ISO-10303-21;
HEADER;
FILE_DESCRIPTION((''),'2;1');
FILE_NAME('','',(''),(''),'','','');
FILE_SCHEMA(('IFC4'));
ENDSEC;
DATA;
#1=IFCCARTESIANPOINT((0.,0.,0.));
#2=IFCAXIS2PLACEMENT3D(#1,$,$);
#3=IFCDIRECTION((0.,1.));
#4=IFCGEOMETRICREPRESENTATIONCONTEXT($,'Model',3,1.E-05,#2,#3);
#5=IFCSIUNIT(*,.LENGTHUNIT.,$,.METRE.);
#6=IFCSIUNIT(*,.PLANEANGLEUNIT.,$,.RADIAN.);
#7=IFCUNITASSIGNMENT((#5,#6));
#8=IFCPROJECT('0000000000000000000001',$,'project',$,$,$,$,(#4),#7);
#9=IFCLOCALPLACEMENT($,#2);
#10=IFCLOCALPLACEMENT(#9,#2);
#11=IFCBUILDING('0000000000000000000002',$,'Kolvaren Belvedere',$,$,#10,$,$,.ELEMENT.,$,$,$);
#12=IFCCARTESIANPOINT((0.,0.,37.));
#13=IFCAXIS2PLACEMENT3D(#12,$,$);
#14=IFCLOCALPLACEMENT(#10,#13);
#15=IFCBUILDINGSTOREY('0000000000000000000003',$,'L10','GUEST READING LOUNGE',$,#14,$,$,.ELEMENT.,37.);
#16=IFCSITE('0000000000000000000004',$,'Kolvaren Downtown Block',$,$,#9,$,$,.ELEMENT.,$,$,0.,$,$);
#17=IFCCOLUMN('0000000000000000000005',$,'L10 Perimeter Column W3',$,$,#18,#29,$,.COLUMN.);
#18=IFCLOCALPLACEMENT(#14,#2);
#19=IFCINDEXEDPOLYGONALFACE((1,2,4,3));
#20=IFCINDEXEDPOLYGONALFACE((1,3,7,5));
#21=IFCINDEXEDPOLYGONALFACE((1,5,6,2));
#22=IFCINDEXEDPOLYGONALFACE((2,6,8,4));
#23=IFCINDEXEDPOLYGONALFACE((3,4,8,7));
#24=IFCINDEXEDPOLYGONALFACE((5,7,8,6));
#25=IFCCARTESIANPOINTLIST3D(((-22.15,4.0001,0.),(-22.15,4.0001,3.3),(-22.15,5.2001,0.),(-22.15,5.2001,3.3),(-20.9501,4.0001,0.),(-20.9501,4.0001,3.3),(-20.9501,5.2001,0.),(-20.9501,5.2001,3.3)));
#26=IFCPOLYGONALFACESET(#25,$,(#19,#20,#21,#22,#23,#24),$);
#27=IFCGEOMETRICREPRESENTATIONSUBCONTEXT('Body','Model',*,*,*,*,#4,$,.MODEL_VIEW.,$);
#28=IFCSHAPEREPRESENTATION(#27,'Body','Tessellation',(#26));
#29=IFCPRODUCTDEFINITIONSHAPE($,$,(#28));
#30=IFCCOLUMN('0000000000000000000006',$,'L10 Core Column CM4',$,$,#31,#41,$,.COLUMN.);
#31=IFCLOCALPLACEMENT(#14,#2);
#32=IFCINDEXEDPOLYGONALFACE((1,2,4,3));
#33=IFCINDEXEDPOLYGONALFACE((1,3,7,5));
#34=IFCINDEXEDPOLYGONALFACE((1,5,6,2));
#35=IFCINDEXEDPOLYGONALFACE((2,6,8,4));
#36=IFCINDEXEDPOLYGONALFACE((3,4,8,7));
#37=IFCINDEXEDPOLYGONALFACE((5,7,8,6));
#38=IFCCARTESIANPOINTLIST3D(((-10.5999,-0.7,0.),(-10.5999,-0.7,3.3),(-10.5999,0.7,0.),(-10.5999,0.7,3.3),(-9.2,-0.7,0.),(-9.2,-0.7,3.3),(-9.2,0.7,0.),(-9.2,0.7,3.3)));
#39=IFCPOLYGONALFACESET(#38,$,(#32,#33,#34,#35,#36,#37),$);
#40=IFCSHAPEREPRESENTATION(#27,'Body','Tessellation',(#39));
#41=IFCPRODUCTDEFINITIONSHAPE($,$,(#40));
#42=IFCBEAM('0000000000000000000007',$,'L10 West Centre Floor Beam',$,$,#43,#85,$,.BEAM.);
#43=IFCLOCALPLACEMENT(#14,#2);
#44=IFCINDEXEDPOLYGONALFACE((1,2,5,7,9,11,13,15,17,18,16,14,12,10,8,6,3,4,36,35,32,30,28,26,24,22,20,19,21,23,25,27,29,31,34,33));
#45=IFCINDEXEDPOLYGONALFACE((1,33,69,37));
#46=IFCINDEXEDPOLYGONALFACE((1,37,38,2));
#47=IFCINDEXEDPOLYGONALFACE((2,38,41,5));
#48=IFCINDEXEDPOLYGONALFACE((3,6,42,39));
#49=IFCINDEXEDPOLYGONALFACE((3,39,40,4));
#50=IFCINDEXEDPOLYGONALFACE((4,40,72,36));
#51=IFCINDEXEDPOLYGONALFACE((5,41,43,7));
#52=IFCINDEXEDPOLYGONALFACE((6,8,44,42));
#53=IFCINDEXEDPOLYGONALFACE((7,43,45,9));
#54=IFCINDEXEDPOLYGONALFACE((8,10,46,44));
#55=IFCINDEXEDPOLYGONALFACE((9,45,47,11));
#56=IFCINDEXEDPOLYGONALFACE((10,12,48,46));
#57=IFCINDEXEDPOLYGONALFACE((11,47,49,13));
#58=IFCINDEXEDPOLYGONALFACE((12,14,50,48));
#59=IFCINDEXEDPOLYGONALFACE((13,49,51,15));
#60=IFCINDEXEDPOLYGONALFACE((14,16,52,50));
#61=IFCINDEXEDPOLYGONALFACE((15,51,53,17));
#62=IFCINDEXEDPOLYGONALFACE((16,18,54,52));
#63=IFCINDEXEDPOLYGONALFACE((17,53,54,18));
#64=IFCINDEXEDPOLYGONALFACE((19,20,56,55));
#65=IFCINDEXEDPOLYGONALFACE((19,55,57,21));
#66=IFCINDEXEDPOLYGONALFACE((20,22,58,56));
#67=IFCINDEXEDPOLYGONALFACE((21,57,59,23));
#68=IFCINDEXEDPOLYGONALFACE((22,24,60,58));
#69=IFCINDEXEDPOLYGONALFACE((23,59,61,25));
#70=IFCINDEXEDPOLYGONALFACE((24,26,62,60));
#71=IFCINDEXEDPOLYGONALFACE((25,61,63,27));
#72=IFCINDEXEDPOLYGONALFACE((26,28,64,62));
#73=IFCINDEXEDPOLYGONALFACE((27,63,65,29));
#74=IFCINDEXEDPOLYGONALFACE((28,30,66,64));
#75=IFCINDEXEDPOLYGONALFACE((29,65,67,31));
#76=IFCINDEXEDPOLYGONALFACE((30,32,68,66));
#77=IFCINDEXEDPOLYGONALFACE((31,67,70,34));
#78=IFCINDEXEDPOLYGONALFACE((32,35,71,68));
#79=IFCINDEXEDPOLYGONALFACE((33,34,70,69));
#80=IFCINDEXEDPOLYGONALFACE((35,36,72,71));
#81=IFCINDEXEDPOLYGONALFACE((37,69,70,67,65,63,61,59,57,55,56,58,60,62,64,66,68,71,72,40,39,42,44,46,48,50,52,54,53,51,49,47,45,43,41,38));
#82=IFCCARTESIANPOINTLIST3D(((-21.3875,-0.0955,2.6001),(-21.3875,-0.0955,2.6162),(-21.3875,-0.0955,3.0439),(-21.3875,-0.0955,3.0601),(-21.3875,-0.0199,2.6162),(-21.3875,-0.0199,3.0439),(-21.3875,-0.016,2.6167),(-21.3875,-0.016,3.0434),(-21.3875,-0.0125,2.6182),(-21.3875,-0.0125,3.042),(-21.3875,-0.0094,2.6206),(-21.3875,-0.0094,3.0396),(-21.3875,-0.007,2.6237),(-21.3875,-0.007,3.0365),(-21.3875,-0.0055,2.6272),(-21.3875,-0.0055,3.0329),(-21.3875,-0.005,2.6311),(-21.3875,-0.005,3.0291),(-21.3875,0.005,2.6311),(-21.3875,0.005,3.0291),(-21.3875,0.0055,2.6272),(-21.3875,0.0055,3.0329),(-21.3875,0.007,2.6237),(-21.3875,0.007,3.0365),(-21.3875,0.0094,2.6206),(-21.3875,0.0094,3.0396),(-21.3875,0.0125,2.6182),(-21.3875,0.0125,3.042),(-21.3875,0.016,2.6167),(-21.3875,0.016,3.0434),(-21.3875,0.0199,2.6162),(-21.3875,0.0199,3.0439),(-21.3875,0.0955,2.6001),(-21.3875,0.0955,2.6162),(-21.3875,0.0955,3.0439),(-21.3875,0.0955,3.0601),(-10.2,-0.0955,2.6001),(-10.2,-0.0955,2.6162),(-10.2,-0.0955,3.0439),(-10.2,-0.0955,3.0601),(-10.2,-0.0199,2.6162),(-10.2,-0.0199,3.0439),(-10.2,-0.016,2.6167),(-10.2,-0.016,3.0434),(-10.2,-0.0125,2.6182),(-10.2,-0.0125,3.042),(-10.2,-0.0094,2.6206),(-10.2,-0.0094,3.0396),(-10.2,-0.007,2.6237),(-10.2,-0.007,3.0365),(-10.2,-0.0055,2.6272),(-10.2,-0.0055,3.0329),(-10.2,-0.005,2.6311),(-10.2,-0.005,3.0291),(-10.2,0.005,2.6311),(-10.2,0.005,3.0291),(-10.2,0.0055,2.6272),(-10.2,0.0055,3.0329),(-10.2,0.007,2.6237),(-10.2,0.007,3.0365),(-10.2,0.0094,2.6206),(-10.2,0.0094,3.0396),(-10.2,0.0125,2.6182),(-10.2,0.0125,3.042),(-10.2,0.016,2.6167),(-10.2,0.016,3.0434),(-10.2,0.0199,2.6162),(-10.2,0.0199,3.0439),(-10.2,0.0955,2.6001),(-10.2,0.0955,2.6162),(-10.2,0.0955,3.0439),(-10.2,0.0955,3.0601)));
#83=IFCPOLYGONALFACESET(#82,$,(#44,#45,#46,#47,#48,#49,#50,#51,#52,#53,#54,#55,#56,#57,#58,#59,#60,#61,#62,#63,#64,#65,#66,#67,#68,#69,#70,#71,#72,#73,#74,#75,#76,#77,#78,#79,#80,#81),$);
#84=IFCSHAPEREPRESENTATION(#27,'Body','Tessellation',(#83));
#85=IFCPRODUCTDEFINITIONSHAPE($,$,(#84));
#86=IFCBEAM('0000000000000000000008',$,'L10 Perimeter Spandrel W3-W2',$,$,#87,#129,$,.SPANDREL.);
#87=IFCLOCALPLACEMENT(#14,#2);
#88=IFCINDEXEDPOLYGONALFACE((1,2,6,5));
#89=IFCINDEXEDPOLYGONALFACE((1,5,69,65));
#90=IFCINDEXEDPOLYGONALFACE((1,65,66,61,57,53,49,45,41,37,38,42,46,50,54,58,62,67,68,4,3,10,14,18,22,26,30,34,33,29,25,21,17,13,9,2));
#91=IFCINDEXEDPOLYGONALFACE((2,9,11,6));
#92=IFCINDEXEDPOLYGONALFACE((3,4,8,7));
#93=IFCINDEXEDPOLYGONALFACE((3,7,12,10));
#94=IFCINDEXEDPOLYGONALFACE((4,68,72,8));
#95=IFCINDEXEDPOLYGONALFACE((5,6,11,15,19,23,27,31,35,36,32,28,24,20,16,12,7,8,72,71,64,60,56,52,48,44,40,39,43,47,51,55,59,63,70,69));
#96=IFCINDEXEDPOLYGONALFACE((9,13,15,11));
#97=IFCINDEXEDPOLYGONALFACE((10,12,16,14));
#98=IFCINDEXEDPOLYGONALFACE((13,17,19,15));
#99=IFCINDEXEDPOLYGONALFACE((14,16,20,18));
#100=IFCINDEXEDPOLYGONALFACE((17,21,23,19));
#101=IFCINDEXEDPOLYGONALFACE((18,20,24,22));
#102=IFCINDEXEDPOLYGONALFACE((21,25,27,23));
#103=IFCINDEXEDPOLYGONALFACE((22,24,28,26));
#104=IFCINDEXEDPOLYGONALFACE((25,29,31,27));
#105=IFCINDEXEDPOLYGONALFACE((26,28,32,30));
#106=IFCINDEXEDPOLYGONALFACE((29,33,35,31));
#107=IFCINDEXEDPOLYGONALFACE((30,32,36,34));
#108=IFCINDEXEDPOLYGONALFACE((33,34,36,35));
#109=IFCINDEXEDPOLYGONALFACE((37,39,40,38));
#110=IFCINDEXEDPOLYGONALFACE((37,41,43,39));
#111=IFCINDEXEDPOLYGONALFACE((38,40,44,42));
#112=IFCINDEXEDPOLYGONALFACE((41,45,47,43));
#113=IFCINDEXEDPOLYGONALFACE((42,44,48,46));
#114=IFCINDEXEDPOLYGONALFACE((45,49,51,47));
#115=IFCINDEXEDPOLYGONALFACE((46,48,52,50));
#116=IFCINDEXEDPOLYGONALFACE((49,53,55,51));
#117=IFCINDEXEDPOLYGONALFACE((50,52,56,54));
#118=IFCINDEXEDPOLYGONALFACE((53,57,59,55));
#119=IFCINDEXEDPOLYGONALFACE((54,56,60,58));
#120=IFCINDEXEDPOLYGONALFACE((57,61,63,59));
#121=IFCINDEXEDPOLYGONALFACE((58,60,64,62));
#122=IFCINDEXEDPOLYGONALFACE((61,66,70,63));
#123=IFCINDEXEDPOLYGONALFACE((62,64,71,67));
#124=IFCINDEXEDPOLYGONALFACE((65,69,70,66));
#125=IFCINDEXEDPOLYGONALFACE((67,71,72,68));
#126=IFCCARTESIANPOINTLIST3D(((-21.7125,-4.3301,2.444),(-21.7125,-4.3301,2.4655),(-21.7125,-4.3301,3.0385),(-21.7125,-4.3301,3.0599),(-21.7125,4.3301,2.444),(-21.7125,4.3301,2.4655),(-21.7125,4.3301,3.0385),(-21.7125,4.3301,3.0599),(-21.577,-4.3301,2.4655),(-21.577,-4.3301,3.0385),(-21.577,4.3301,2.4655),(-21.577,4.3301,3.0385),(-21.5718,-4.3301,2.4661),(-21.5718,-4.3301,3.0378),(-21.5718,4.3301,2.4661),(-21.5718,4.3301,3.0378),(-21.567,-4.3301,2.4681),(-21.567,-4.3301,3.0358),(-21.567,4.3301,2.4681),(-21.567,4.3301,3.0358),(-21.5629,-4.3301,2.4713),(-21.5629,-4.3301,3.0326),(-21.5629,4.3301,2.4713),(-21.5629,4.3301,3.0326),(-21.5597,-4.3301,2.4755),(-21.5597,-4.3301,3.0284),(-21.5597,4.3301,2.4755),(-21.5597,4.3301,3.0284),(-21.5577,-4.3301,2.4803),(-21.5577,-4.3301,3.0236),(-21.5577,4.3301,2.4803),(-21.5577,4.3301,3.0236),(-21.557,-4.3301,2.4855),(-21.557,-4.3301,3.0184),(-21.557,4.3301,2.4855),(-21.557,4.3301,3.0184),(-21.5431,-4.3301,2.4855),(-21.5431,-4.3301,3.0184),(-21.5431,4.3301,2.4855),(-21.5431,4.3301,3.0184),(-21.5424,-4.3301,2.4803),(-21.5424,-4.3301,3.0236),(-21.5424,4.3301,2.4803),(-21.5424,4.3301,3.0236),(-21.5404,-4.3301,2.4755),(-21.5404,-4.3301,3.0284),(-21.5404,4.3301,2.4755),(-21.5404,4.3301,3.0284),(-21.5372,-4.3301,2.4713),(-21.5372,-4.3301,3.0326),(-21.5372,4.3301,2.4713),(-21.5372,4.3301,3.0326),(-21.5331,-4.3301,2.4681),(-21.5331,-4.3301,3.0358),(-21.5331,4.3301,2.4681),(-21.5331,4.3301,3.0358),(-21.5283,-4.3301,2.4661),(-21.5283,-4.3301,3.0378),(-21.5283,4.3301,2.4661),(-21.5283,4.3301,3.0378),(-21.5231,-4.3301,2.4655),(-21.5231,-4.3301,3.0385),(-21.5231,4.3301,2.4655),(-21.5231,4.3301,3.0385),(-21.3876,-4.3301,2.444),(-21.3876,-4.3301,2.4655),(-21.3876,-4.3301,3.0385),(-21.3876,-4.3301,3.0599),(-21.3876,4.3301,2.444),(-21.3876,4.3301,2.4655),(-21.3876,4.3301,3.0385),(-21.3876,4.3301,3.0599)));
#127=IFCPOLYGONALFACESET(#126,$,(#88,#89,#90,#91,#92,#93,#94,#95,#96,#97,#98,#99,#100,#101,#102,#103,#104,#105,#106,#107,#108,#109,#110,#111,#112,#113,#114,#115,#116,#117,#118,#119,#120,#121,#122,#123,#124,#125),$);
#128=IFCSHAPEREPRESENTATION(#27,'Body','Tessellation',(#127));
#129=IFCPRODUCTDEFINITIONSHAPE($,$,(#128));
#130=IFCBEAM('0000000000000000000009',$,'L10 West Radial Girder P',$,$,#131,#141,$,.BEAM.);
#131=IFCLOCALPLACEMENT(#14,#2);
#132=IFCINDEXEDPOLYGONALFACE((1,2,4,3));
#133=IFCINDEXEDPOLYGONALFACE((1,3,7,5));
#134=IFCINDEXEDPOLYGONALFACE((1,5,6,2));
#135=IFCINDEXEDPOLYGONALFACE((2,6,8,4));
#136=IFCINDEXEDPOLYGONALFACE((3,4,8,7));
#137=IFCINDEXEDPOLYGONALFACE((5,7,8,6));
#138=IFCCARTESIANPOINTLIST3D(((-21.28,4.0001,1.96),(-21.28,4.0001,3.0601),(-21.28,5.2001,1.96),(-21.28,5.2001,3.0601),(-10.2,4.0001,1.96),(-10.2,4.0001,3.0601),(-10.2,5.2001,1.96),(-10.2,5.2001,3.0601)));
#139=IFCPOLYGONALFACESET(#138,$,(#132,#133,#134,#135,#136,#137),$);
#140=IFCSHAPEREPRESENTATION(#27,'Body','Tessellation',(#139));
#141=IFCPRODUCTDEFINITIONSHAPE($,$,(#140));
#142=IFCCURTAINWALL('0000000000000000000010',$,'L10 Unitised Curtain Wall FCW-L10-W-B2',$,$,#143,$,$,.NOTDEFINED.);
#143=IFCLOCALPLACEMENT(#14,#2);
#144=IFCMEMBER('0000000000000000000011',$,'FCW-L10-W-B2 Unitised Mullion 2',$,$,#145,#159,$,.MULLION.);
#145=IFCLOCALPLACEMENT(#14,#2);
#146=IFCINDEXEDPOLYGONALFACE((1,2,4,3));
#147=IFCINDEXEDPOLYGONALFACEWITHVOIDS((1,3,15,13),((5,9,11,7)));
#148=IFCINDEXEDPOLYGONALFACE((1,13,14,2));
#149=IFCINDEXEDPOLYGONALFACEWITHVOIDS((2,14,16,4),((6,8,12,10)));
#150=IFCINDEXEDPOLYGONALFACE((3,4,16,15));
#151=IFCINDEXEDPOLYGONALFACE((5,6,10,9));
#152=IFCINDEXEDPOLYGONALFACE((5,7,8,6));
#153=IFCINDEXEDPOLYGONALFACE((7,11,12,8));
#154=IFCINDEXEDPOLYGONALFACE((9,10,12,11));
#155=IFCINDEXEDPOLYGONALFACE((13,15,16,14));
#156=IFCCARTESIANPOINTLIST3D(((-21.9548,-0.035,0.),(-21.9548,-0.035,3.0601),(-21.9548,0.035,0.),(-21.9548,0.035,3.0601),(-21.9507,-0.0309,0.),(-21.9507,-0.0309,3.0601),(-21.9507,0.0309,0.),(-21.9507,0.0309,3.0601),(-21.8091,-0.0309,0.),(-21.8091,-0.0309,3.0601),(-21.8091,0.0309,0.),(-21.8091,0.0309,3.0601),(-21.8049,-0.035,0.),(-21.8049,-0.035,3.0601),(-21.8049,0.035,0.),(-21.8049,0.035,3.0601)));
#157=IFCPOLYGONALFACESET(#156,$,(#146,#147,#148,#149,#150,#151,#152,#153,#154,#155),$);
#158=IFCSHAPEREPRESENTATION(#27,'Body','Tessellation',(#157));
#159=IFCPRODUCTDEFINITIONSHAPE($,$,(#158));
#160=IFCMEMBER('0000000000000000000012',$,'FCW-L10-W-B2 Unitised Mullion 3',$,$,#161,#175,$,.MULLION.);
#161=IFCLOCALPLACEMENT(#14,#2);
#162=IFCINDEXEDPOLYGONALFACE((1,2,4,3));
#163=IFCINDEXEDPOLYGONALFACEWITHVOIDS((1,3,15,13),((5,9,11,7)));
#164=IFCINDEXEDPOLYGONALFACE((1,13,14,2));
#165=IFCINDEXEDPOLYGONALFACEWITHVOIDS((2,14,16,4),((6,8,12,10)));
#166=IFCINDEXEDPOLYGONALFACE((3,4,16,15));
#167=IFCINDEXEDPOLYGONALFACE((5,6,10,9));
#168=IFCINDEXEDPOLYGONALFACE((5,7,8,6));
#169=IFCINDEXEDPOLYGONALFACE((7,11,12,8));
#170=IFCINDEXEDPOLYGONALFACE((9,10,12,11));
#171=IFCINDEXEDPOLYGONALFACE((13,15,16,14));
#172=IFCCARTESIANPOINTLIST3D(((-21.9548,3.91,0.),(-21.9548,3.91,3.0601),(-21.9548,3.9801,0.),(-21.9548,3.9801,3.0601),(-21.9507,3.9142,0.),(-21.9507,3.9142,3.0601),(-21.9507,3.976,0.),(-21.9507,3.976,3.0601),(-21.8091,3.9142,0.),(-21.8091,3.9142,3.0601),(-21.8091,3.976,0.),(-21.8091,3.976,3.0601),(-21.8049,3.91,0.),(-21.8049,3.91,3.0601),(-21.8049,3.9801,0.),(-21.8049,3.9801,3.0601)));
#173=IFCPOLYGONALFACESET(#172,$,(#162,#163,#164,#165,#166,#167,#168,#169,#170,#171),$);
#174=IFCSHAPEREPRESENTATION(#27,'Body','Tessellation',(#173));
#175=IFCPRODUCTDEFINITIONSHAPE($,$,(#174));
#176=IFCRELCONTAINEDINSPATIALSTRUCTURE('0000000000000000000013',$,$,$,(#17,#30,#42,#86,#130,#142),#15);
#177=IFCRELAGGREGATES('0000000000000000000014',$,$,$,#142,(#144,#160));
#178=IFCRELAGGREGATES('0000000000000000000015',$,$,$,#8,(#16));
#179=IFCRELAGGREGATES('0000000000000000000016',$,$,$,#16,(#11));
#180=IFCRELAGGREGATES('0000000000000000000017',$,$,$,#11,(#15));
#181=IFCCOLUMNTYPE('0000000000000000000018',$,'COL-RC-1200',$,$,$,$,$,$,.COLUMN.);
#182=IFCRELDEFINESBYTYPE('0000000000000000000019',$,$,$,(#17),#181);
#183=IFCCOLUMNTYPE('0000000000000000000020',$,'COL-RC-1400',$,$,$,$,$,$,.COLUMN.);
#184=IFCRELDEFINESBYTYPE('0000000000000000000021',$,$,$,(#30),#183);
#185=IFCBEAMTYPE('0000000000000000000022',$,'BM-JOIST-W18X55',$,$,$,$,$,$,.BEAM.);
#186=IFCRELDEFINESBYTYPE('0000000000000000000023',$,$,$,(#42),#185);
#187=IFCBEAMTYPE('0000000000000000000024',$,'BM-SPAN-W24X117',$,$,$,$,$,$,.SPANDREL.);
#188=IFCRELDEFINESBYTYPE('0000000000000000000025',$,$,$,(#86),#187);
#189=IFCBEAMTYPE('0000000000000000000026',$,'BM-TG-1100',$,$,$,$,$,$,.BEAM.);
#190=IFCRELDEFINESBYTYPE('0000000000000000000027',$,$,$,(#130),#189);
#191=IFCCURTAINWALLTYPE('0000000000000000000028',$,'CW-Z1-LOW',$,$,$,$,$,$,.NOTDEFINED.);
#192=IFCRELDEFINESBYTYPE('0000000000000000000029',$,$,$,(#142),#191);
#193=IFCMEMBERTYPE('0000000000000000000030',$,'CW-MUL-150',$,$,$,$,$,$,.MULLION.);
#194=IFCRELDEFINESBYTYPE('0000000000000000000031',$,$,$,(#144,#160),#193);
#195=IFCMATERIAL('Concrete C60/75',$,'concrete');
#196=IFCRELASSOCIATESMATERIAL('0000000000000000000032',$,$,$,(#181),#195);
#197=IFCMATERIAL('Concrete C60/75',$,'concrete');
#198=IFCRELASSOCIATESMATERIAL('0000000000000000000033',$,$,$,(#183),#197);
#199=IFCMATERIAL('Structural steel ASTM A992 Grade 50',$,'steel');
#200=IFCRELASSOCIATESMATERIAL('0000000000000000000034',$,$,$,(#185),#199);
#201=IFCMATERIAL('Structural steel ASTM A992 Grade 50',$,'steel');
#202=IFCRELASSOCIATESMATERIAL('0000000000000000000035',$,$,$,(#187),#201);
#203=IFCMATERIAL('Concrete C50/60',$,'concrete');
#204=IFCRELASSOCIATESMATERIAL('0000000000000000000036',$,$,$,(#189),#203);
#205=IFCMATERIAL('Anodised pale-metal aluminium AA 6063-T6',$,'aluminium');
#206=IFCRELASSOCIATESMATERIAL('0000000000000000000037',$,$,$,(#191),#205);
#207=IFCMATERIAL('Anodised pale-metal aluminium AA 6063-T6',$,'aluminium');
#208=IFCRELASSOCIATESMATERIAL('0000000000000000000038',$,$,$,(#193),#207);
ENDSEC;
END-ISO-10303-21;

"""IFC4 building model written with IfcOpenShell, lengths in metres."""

from ifc_helpers import new_model, si_unit, direction, frame, origin, origin_2d, place, context, subcontext, project, spatial, rectangle, hollow_rectangle, i_section, extrude, material, material_profile, profile_set, type_object, element, aggregate, save


model = new_model("IFC4")

# Units and contexts
model_context = context("Model", 3, precision=1e-05, world=origin(), true_north=direction((0.0, 1.0)))
body_context = subcontext(model_context, "Body", "Model", "MODEL_VIEW")
ifc_project = project(units=[si_unit("LENGTHUNIT", "METRE"), si_unit("PLANEANGLEUNIT", "RADIAN")], contexts=[model_context])

# Site, building, storey
site_placement = place(None, origin())
site = spatial("IfcSite", under=ifc_project, at=site_placement, Name="Kolvaren Downtown Block", CompositionType="ELEMENT", RefElevation=0.0)
building_placement = place(site_placement, origin())
building = spatial("IfcBuilding", under=site, at=building_placement, Name="Kolvaren Belvedere", CompositionType="ELEMENT")
storey_placement = place(building_placement, frame((0.0, 0.0, 37.0)))
storey = spatial("IfcBuildingStorey", under=building, at=storey_placement, Name="L10", Description="GUEST READING LOUNGE", CompositionType="ELEMENT", Elevation=37.0)

# Columns
ifc_material_1 = material(Name="Concrete C60/75", Category="concrete")
ifc_material_profile_1 = material_profile(ifc_material_1, rectangle(XDim=1.2, YDim=1.2, at=origin_2d()), Name="RC 1200X1200")
ifc_profile_set_1 = profile_set([ifc_material_profile_1], Name="Concrete C60/75")
column_type_1 = type_object("IfcColumnType", Name="COL-RC-1200", PredefinedType="COLUMN", material=ifc_profile_set_1)
column_1_placement = place(storey_placement, frame((-21.55, 4.6001, 0.0), z_axis=(0.0, 0.0, 1.0), x_axis=(1.0, 0.0, 0.0)))
element("IfcColumn", 1, at=column_1_placement, inside=storey, type_object=column_type_1, Name="L10 Perimeter Column W3", PredefinedType="COLUMN", context=body_context, shape_type="SweptSolid", body=[
    extrude(rectangle(XDim=1.2, YDim=1.2, at=origin_2d()), origin(), (0.0, 0.0, 1.0), 3.3),
])
ifc_material_2 = material(Name="Concrete C60/75", Category="concrete")
ifc_material_profile_2 = material_profile(ifc_material_2, rectangle(XDim=1.3999, YDim=1.3999, at=origin_2d()), Name="RC 1400X1400")
ifc_profile_set_2 = profile_set([ifc_material_profile_2], Name="Concrete C60/75")
column_type_2 = type_object("IfcColumnType", Name="COL-RC-1400", PredefinedType="COLUMN", material=ifc_profile_set_2)
column_2_placement = place(storey_placement, frame((-9.8999, 0.0, 0.0), z_axis=(0.0, 0.0, 1.0), x_axis=(1.0, 0.0, 0.0)))
element("IfcColumn", 2, at=column_2_placement, inside=storey, type_object=column_type_2, Name="L10 Core Column CM4", PredefinedType="COLUMN", context=body_context, shape_type="SweptSolid", body=[
    extrude(rectangle(XDim=1.3999, YDim=1.3999, at=origin_2d()), origin(), (0.0, 0.0, 1.0), 3.3),
])

# Beams
ifc_material_3 = material(Name="Structural steel ASTM A992 Grade 50", Category="steel")
ifc_material_profile_3 = material_profile(ifc_material_3, i_section(OverallWidth=0.1909, OverallDepth=0.46, WebThickness=0.01, FlangeThickness=0.0161, FilletRadius=0.0149, at=origin_2d()), Name="W18X55")
ifc_profile_set_3 = profile_set([ifc_material_profile_3], Name="Structural steel ASTM A992 Grade 50")
beam_type_1 = type_object("IfcBeamType", Name="BM-JOIST-W18X55", PredefinedType="BEAM", material=ifc_profile_set_3)
beam_1_placement = place(storey_placement, frame((-10.2, 0.0, 2.8301), z_axis=(-1.0, 0.0, 0.0), x_axis=(0.0, -1.0, 0.0)))
element("IfcBeam", 3, at=beam_1_placement, inside=storey, type_object=beam_type_1, Name="L10 West Centre Floor Beam", PredefinedType="BEAM", context=body_context, shape_type="SweptSolid", body=[
    extrude(i_section(OverallWidth=0.1909, OverallDepth=0.46, WebThickness=0.01, FlangeThickness=0.0161, FilletRadius=0.0149, at=origin_2d()), origin(), (0.0, 0.0, 1.0), 11.1875),
])
ifc_material_4 = material(Name="Structural steel ASTM A992 Grade 50", Category="steel")
ifc_material_profile_4 = material_profile(ifc_material_4, i_section(OverallWidth=0.325, OverallDepth=0.616, WebThickness=0.0139, FlangeThickness=0.0215, FilletRadius=0.02, at=origin_2d()), Name="W24X117")
ifc_profile_set_4 = profile_set([ifc_material_profile_4], Name="Structural steel ASTM A992 Grade 50")
beam_type_2 = type_object("IfcBeamType", Name="BM-SPAN-W24X117", PredefinedType="SPANDREL", material=ifc_profile_set_4)
beam_2_placement = place(storey_placement, frame((-21.55, 4.3301, 2.752), z_axis=(0.0, -1.0, 0.0), x_axis=(1.0, 0.0, 0.0)))
element("IfcBeam", 4, at=beam_2_placement, inside=storey, type_object=beam_type_2, Name="L10 Perimeter Spandrel W3-W2", PredefinedType="SPANDREL", context=body_context, shape_type="SweptSolid", body=[
    extrude(i_section(OverallWidth=0.325, OverallDepth=0.616, WebThickness=0.0139, FlangeThickness=0.0215, FilletRadius=0.02, at=origin_2d()), origin(), (0.0, 0.0, 1.0), 8.6602),
])
ifc_material_5 = material(Name="Concrete C50/60", Category="concrete")
ifc_material_profile_5 = material_profile(ifc_material_5, rectangle(XDim=1.2, YDim=1.1001, at=origin_2d()), Name="RC 1200X1100")
ifc_profile_set_5 = profile_set([ifc_material_profile_5], Name="Concrete C50/60")
beam_type_3 = type_object("IfcBeamType", Name="BM-TG-1100", PredefinedType="BEAM", material=ifc_profile_set_5)
beam_3_placement = place(storey_placement, frame((-10.2, 4.6001, 2.51), z_axis=(-1.0, 0.0, 0.0), x_axis=(0.0, -1.0, 0.0)))
element("IfcBeam", 5, at=beam_3_placement, inside=storey, type_object=beam_type_3, Name="L10 West Radial Girder P", PredefinedType="BEAM", context=body_context, shape_type="SweptSolid", body=[
    extrude(rectangle(XDim=1.2, YDim=1.1001, at=origin_2d()), origin(), (0.0, 0.0, 1.0), 11.0801),
])

# Curtain wall, members
ifc_material_6 = material(Name="Anodised pale-metal aluminium AA 6063-T6", Category="aluminium")
curtain_wall_type = type_object("IfcCurtainWallType", Name="CW-Z1-LOW", PredefinedType="NOTDEFINED", material=ifc_material_6)
curtain_wall_1_placement = place(storey_placement, origin())
curtain_wall_1 = element("IfcCurtainWall", 6, at=curtain_wall_1_placement, inside=storey, type_object=curtain_wall_type, Name="L10 Unitised Curtain Wall FCW-L10-W-B2", PredefinedType="NOTDEFINED")
ifc_material_7 = material(Name="Anodised pale-metal aluminium AA 6063-T6", Category="aluminium")
ifc_material_profile_6 = material_profile(ifc_material_7, hollow_rectangle(XDim=0.0701, YDim=0.1499, WallThickness=0.0042, at=origin_2d()), Name="ALU-MUL-150X70")
ifc_profile_set_6 = profile_set([ifc_material_profile_6], Name="Anodised pale-metal aluminium AA 6063-T6")
member_type_1 = type_object("IfcMemberType", Name="CW-MUL-150", PredefinedType="MULLION", material=ifc_profile_set_6)
member_1_placement = place(storey_placement, frame((-21.8799, 0.0, 0.0), z_axis=(0.0, 0.0, 1.0), x_axis=(0.0, 1.0, 0.0)))
member_1 = element("IfcMember", 7, at=member_1_placement, type_object=member_type_1, Name="FCW-L10-W-B2 Unitised Mullion 2", PredefinedType="MULLION", context=body_context, shape_type="SweptSolid", body=[
    extrude(hollow_rectangle(XDim=0.0701, YDim=0.1499, WallThickness=0.0042, at=origin_2d()), origin(), (0.0, 0.0, 1.0), 3.0601),
])
member_2_placement = place(storey_placement, frame((-21.8799, 3.9451, 0.0), z_axis=(0.0, 0.0, 1.0), x_axis=(0.0, 1.0, 0.0)))
member_2 = element("IfcMember", 8, at=member_2_placement, type_object=member_type_1, Name="FCW-L10-W-B2 Unitised Mullion 3", PredefinedType="MULLION", context=body_context, shape_type="SweptSolid", body=[
    extrude(hollow_rectangle(XDim=0.0701, YDim=0.1499, WallThickness=0.0042, at=origin_2d()), origin(), (0.0, 0.0, 1.0), 3.0601),
])

aggregate(curtain_wall_1, [member_1, member_2])

save(model, "model.ifc")
